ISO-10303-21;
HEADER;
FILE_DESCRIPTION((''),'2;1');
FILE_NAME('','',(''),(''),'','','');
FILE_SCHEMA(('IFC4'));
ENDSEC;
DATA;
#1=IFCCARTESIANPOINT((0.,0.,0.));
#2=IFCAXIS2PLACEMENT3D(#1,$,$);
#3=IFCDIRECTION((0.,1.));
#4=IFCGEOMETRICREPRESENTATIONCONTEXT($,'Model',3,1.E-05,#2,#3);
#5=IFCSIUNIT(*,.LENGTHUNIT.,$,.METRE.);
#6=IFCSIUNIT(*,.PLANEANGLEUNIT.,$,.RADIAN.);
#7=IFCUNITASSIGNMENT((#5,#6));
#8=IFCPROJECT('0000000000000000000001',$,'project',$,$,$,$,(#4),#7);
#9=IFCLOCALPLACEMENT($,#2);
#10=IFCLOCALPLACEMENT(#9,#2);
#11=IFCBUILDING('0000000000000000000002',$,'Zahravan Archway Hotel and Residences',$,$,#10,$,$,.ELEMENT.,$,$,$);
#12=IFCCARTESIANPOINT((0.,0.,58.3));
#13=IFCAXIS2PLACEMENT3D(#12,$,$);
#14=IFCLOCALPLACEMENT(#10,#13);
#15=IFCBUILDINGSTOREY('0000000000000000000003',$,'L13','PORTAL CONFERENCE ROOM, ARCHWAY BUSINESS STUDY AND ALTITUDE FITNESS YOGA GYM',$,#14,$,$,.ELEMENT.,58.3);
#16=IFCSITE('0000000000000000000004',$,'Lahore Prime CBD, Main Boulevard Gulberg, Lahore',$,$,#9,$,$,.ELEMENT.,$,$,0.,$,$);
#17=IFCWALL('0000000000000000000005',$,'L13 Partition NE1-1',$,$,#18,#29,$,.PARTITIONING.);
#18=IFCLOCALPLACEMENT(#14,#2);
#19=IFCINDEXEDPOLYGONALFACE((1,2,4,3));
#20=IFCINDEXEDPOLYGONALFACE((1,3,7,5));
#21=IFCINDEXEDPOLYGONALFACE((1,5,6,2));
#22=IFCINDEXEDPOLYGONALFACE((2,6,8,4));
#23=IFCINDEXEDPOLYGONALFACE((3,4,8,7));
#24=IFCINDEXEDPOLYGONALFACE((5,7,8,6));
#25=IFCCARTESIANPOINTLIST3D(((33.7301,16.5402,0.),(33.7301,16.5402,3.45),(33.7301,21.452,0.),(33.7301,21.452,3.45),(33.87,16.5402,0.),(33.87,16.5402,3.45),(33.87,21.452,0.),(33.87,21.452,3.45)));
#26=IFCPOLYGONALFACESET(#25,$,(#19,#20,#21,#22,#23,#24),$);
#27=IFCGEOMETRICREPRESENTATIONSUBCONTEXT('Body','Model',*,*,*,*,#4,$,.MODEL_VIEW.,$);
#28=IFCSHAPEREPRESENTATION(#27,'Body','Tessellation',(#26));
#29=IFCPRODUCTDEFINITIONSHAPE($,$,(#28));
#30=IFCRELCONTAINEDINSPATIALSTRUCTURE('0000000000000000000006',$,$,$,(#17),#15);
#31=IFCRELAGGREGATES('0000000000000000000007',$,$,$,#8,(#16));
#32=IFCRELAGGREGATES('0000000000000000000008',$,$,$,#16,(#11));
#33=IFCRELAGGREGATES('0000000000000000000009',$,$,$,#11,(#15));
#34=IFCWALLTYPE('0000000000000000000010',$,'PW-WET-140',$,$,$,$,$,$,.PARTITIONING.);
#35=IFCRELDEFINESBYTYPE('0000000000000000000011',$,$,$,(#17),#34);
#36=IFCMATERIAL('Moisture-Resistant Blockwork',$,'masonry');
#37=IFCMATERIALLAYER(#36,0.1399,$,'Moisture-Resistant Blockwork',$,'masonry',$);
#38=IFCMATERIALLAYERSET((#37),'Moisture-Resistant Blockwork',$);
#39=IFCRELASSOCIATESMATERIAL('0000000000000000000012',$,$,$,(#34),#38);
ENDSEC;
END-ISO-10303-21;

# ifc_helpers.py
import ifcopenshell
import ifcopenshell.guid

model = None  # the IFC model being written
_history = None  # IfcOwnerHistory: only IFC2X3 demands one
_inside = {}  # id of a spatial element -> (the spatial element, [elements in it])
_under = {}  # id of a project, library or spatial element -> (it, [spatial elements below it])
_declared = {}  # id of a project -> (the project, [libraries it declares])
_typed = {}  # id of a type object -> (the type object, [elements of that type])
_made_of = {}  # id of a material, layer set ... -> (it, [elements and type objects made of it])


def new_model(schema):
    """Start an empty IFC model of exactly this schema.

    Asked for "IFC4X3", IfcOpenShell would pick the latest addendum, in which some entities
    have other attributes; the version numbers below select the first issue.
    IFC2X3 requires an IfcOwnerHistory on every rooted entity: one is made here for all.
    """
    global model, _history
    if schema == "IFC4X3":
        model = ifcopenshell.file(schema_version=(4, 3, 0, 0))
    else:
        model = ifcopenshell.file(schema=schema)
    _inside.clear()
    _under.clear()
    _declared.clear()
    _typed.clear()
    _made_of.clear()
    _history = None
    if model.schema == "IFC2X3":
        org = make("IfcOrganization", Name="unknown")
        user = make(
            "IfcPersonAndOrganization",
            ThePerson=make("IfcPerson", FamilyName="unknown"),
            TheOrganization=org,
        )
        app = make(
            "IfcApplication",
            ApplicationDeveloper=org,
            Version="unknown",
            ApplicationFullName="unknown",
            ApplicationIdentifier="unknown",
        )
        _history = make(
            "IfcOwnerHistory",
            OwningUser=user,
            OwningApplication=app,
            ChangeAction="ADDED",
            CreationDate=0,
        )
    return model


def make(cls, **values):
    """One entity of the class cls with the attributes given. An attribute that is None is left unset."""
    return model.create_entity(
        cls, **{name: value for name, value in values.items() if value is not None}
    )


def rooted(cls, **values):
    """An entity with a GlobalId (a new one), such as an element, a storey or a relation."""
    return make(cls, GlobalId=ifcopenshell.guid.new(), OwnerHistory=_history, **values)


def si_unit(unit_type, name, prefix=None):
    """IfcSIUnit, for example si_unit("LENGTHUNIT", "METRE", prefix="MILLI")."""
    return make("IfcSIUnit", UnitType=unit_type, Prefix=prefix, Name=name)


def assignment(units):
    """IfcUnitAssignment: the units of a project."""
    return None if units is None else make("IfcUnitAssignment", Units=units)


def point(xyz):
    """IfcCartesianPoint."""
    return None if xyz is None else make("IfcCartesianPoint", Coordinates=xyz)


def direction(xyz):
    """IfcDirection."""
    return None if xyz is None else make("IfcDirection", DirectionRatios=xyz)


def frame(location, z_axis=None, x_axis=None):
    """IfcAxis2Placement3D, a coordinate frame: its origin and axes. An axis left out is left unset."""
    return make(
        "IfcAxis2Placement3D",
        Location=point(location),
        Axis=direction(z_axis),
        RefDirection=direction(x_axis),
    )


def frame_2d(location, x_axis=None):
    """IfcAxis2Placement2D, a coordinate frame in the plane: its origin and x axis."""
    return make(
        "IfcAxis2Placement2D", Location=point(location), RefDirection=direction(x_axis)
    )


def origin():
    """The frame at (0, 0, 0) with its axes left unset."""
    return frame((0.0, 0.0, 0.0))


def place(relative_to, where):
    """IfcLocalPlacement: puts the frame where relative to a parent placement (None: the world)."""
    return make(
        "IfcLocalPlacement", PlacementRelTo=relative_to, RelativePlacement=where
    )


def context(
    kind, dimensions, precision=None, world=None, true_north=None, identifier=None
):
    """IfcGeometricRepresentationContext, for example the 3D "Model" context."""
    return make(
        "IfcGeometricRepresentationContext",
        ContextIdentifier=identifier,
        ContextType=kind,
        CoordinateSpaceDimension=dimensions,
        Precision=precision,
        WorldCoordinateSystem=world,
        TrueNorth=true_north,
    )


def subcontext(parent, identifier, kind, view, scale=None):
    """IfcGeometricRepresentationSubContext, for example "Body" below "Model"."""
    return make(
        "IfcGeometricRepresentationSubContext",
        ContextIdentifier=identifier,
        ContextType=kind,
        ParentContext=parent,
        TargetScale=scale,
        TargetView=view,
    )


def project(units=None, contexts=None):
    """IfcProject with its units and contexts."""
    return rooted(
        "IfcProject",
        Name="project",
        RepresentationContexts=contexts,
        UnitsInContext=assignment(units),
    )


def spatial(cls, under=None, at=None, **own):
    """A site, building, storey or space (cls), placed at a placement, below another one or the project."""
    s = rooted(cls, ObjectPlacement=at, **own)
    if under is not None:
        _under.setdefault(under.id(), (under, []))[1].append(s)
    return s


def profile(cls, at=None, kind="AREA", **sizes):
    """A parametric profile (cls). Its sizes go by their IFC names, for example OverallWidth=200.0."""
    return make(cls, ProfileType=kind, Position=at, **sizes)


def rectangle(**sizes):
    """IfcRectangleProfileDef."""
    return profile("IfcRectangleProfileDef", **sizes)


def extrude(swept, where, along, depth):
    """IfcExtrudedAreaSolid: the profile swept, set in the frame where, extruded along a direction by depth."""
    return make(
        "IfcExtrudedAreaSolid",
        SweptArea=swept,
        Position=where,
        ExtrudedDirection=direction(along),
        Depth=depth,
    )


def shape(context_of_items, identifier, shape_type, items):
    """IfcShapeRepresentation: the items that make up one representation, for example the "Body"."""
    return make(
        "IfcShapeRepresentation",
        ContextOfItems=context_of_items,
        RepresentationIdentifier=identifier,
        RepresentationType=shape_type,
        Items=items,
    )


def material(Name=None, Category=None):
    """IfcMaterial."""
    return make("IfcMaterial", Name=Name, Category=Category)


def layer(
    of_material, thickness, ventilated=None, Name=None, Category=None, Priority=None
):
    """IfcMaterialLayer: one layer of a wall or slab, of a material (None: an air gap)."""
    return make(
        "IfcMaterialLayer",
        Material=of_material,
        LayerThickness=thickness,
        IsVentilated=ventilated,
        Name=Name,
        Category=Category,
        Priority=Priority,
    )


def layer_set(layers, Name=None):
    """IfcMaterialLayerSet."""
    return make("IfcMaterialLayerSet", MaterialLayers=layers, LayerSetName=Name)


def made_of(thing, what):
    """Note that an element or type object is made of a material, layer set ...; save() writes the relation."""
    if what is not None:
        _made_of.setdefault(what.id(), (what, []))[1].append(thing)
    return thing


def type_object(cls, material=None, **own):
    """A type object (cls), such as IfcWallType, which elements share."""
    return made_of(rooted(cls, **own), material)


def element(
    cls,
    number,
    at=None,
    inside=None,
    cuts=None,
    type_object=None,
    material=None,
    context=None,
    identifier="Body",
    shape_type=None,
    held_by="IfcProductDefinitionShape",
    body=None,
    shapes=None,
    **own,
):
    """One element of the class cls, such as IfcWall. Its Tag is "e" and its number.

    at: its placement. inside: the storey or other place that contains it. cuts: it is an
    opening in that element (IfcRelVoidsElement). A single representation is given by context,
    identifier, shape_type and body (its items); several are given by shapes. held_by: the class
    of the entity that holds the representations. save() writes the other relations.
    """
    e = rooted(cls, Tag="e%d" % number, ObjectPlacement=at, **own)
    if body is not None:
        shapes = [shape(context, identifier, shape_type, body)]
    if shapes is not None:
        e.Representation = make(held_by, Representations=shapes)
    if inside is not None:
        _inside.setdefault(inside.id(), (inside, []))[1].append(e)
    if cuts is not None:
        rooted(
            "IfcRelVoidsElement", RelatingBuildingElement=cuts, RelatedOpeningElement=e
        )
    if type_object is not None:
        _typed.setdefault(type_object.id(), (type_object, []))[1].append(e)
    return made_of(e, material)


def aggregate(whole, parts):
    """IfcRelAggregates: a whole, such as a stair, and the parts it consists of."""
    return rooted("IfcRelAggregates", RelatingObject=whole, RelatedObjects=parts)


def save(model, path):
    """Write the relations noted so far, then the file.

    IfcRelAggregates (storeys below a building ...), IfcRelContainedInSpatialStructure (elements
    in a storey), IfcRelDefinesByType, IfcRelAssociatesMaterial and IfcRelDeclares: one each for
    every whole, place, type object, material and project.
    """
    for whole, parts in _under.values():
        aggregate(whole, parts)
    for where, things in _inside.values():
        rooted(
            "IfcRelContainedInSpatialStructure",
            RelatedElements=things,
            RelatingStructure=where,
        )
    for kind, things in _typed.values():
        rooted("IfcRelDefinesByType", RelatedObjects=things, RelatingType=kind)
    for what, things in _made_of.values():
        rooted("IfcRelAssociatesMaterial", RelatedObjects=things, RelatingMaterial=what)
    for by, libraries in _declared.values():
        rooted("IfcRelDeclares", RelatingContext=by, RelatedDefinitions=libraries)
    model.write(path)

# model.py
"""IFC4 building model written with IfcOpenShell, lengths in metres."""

from ifc_helpers import new_model, si_unit, direction, frame, frame_2d, origin, place, context, subcontext, project, spatial, rectangle, extrude, material, layer, layer_set, type_object, element, save


model = new_model("IFC4")

# Units and contexts
model_context = context("Model", 3, precision=1e-05, world=origin(), true_north=direction((0.0, 1.0)))
body_context = subcontext(model_context, "Body", "Model", "MODEL_VIEW")
ifc_project = project(units=[si_unit("LENGTHUNIT", "METRE"), si_unit("PLANEANGLEUNIT", "RADIAN")], contexts=[model_context])

# Site, building, storey
site_placement = place(None, origin())
site = spatial("IfcSite", under=ifc_project, at=site_placement, Name="Lahore Prime CBD, Main Boulevard Gulberg, Lahore", CompositionType="ELEMENT", RefElevation=0.0)
building_placement = place(site_placement, origin())
building = spatial("IfcBuilding", under=site, at=building_placement, Name="Zahravan Archway Hotel and Residences", CompositionType="ELEMENT")
storey_placement = place(building_placement, frame((0.0, 0.0, 58.3)))
storey = spatial("IfcBuildingStorey", under=building, at=storey_placement, Name="L13", Description="PORTAL CONFERENCE ROOM, ARCHWAY BUSINESS STUDY AND ALTITUDE FITNESS YOGA GYM", CompositionType="ELEMENT", Elevation=58.3)

# Wall
ifc_material_1 = material(Name="Moisture-Resistant Blockwork", Category="masonry")
ifc_layer_1 = layer(ifc_material_1, 0.1399, Name="Moisture-Resistant Blockwork", Category="masonry")
ifc_layer_set_1 = layer_set([ifc_layer_1], Name="Moisture-Resistant Blockwork")
wall_type_1 = type_object("IfcWallType", Name="PW-WET-140", PredefinedType="PARTITIONING", material=ifc_layer_set_1)
wall_1_placement = place(storey_placement, frame((33.8, 16.54, 0.0), z_axis=(0.0, 0.0, 1.0), x_axis=(0.0, 1.0, 0.0)))
element("IfcWall", 1, at=wall_1_placement, inside=storey, type_object=wall_type_1, Name="L13 Partition NE1-1", PredefinedType="PARTITIONING", context=body_context, shape_type="SweptSolid", body=[
    extrude(rectangle(XDim=4.9119, YDim=0.1399, at=frame_2d((2.4561, 0.0))), origin(), (0.0, 0.0, 1.0), 3.45),
])

save(model, "model.ifc")
